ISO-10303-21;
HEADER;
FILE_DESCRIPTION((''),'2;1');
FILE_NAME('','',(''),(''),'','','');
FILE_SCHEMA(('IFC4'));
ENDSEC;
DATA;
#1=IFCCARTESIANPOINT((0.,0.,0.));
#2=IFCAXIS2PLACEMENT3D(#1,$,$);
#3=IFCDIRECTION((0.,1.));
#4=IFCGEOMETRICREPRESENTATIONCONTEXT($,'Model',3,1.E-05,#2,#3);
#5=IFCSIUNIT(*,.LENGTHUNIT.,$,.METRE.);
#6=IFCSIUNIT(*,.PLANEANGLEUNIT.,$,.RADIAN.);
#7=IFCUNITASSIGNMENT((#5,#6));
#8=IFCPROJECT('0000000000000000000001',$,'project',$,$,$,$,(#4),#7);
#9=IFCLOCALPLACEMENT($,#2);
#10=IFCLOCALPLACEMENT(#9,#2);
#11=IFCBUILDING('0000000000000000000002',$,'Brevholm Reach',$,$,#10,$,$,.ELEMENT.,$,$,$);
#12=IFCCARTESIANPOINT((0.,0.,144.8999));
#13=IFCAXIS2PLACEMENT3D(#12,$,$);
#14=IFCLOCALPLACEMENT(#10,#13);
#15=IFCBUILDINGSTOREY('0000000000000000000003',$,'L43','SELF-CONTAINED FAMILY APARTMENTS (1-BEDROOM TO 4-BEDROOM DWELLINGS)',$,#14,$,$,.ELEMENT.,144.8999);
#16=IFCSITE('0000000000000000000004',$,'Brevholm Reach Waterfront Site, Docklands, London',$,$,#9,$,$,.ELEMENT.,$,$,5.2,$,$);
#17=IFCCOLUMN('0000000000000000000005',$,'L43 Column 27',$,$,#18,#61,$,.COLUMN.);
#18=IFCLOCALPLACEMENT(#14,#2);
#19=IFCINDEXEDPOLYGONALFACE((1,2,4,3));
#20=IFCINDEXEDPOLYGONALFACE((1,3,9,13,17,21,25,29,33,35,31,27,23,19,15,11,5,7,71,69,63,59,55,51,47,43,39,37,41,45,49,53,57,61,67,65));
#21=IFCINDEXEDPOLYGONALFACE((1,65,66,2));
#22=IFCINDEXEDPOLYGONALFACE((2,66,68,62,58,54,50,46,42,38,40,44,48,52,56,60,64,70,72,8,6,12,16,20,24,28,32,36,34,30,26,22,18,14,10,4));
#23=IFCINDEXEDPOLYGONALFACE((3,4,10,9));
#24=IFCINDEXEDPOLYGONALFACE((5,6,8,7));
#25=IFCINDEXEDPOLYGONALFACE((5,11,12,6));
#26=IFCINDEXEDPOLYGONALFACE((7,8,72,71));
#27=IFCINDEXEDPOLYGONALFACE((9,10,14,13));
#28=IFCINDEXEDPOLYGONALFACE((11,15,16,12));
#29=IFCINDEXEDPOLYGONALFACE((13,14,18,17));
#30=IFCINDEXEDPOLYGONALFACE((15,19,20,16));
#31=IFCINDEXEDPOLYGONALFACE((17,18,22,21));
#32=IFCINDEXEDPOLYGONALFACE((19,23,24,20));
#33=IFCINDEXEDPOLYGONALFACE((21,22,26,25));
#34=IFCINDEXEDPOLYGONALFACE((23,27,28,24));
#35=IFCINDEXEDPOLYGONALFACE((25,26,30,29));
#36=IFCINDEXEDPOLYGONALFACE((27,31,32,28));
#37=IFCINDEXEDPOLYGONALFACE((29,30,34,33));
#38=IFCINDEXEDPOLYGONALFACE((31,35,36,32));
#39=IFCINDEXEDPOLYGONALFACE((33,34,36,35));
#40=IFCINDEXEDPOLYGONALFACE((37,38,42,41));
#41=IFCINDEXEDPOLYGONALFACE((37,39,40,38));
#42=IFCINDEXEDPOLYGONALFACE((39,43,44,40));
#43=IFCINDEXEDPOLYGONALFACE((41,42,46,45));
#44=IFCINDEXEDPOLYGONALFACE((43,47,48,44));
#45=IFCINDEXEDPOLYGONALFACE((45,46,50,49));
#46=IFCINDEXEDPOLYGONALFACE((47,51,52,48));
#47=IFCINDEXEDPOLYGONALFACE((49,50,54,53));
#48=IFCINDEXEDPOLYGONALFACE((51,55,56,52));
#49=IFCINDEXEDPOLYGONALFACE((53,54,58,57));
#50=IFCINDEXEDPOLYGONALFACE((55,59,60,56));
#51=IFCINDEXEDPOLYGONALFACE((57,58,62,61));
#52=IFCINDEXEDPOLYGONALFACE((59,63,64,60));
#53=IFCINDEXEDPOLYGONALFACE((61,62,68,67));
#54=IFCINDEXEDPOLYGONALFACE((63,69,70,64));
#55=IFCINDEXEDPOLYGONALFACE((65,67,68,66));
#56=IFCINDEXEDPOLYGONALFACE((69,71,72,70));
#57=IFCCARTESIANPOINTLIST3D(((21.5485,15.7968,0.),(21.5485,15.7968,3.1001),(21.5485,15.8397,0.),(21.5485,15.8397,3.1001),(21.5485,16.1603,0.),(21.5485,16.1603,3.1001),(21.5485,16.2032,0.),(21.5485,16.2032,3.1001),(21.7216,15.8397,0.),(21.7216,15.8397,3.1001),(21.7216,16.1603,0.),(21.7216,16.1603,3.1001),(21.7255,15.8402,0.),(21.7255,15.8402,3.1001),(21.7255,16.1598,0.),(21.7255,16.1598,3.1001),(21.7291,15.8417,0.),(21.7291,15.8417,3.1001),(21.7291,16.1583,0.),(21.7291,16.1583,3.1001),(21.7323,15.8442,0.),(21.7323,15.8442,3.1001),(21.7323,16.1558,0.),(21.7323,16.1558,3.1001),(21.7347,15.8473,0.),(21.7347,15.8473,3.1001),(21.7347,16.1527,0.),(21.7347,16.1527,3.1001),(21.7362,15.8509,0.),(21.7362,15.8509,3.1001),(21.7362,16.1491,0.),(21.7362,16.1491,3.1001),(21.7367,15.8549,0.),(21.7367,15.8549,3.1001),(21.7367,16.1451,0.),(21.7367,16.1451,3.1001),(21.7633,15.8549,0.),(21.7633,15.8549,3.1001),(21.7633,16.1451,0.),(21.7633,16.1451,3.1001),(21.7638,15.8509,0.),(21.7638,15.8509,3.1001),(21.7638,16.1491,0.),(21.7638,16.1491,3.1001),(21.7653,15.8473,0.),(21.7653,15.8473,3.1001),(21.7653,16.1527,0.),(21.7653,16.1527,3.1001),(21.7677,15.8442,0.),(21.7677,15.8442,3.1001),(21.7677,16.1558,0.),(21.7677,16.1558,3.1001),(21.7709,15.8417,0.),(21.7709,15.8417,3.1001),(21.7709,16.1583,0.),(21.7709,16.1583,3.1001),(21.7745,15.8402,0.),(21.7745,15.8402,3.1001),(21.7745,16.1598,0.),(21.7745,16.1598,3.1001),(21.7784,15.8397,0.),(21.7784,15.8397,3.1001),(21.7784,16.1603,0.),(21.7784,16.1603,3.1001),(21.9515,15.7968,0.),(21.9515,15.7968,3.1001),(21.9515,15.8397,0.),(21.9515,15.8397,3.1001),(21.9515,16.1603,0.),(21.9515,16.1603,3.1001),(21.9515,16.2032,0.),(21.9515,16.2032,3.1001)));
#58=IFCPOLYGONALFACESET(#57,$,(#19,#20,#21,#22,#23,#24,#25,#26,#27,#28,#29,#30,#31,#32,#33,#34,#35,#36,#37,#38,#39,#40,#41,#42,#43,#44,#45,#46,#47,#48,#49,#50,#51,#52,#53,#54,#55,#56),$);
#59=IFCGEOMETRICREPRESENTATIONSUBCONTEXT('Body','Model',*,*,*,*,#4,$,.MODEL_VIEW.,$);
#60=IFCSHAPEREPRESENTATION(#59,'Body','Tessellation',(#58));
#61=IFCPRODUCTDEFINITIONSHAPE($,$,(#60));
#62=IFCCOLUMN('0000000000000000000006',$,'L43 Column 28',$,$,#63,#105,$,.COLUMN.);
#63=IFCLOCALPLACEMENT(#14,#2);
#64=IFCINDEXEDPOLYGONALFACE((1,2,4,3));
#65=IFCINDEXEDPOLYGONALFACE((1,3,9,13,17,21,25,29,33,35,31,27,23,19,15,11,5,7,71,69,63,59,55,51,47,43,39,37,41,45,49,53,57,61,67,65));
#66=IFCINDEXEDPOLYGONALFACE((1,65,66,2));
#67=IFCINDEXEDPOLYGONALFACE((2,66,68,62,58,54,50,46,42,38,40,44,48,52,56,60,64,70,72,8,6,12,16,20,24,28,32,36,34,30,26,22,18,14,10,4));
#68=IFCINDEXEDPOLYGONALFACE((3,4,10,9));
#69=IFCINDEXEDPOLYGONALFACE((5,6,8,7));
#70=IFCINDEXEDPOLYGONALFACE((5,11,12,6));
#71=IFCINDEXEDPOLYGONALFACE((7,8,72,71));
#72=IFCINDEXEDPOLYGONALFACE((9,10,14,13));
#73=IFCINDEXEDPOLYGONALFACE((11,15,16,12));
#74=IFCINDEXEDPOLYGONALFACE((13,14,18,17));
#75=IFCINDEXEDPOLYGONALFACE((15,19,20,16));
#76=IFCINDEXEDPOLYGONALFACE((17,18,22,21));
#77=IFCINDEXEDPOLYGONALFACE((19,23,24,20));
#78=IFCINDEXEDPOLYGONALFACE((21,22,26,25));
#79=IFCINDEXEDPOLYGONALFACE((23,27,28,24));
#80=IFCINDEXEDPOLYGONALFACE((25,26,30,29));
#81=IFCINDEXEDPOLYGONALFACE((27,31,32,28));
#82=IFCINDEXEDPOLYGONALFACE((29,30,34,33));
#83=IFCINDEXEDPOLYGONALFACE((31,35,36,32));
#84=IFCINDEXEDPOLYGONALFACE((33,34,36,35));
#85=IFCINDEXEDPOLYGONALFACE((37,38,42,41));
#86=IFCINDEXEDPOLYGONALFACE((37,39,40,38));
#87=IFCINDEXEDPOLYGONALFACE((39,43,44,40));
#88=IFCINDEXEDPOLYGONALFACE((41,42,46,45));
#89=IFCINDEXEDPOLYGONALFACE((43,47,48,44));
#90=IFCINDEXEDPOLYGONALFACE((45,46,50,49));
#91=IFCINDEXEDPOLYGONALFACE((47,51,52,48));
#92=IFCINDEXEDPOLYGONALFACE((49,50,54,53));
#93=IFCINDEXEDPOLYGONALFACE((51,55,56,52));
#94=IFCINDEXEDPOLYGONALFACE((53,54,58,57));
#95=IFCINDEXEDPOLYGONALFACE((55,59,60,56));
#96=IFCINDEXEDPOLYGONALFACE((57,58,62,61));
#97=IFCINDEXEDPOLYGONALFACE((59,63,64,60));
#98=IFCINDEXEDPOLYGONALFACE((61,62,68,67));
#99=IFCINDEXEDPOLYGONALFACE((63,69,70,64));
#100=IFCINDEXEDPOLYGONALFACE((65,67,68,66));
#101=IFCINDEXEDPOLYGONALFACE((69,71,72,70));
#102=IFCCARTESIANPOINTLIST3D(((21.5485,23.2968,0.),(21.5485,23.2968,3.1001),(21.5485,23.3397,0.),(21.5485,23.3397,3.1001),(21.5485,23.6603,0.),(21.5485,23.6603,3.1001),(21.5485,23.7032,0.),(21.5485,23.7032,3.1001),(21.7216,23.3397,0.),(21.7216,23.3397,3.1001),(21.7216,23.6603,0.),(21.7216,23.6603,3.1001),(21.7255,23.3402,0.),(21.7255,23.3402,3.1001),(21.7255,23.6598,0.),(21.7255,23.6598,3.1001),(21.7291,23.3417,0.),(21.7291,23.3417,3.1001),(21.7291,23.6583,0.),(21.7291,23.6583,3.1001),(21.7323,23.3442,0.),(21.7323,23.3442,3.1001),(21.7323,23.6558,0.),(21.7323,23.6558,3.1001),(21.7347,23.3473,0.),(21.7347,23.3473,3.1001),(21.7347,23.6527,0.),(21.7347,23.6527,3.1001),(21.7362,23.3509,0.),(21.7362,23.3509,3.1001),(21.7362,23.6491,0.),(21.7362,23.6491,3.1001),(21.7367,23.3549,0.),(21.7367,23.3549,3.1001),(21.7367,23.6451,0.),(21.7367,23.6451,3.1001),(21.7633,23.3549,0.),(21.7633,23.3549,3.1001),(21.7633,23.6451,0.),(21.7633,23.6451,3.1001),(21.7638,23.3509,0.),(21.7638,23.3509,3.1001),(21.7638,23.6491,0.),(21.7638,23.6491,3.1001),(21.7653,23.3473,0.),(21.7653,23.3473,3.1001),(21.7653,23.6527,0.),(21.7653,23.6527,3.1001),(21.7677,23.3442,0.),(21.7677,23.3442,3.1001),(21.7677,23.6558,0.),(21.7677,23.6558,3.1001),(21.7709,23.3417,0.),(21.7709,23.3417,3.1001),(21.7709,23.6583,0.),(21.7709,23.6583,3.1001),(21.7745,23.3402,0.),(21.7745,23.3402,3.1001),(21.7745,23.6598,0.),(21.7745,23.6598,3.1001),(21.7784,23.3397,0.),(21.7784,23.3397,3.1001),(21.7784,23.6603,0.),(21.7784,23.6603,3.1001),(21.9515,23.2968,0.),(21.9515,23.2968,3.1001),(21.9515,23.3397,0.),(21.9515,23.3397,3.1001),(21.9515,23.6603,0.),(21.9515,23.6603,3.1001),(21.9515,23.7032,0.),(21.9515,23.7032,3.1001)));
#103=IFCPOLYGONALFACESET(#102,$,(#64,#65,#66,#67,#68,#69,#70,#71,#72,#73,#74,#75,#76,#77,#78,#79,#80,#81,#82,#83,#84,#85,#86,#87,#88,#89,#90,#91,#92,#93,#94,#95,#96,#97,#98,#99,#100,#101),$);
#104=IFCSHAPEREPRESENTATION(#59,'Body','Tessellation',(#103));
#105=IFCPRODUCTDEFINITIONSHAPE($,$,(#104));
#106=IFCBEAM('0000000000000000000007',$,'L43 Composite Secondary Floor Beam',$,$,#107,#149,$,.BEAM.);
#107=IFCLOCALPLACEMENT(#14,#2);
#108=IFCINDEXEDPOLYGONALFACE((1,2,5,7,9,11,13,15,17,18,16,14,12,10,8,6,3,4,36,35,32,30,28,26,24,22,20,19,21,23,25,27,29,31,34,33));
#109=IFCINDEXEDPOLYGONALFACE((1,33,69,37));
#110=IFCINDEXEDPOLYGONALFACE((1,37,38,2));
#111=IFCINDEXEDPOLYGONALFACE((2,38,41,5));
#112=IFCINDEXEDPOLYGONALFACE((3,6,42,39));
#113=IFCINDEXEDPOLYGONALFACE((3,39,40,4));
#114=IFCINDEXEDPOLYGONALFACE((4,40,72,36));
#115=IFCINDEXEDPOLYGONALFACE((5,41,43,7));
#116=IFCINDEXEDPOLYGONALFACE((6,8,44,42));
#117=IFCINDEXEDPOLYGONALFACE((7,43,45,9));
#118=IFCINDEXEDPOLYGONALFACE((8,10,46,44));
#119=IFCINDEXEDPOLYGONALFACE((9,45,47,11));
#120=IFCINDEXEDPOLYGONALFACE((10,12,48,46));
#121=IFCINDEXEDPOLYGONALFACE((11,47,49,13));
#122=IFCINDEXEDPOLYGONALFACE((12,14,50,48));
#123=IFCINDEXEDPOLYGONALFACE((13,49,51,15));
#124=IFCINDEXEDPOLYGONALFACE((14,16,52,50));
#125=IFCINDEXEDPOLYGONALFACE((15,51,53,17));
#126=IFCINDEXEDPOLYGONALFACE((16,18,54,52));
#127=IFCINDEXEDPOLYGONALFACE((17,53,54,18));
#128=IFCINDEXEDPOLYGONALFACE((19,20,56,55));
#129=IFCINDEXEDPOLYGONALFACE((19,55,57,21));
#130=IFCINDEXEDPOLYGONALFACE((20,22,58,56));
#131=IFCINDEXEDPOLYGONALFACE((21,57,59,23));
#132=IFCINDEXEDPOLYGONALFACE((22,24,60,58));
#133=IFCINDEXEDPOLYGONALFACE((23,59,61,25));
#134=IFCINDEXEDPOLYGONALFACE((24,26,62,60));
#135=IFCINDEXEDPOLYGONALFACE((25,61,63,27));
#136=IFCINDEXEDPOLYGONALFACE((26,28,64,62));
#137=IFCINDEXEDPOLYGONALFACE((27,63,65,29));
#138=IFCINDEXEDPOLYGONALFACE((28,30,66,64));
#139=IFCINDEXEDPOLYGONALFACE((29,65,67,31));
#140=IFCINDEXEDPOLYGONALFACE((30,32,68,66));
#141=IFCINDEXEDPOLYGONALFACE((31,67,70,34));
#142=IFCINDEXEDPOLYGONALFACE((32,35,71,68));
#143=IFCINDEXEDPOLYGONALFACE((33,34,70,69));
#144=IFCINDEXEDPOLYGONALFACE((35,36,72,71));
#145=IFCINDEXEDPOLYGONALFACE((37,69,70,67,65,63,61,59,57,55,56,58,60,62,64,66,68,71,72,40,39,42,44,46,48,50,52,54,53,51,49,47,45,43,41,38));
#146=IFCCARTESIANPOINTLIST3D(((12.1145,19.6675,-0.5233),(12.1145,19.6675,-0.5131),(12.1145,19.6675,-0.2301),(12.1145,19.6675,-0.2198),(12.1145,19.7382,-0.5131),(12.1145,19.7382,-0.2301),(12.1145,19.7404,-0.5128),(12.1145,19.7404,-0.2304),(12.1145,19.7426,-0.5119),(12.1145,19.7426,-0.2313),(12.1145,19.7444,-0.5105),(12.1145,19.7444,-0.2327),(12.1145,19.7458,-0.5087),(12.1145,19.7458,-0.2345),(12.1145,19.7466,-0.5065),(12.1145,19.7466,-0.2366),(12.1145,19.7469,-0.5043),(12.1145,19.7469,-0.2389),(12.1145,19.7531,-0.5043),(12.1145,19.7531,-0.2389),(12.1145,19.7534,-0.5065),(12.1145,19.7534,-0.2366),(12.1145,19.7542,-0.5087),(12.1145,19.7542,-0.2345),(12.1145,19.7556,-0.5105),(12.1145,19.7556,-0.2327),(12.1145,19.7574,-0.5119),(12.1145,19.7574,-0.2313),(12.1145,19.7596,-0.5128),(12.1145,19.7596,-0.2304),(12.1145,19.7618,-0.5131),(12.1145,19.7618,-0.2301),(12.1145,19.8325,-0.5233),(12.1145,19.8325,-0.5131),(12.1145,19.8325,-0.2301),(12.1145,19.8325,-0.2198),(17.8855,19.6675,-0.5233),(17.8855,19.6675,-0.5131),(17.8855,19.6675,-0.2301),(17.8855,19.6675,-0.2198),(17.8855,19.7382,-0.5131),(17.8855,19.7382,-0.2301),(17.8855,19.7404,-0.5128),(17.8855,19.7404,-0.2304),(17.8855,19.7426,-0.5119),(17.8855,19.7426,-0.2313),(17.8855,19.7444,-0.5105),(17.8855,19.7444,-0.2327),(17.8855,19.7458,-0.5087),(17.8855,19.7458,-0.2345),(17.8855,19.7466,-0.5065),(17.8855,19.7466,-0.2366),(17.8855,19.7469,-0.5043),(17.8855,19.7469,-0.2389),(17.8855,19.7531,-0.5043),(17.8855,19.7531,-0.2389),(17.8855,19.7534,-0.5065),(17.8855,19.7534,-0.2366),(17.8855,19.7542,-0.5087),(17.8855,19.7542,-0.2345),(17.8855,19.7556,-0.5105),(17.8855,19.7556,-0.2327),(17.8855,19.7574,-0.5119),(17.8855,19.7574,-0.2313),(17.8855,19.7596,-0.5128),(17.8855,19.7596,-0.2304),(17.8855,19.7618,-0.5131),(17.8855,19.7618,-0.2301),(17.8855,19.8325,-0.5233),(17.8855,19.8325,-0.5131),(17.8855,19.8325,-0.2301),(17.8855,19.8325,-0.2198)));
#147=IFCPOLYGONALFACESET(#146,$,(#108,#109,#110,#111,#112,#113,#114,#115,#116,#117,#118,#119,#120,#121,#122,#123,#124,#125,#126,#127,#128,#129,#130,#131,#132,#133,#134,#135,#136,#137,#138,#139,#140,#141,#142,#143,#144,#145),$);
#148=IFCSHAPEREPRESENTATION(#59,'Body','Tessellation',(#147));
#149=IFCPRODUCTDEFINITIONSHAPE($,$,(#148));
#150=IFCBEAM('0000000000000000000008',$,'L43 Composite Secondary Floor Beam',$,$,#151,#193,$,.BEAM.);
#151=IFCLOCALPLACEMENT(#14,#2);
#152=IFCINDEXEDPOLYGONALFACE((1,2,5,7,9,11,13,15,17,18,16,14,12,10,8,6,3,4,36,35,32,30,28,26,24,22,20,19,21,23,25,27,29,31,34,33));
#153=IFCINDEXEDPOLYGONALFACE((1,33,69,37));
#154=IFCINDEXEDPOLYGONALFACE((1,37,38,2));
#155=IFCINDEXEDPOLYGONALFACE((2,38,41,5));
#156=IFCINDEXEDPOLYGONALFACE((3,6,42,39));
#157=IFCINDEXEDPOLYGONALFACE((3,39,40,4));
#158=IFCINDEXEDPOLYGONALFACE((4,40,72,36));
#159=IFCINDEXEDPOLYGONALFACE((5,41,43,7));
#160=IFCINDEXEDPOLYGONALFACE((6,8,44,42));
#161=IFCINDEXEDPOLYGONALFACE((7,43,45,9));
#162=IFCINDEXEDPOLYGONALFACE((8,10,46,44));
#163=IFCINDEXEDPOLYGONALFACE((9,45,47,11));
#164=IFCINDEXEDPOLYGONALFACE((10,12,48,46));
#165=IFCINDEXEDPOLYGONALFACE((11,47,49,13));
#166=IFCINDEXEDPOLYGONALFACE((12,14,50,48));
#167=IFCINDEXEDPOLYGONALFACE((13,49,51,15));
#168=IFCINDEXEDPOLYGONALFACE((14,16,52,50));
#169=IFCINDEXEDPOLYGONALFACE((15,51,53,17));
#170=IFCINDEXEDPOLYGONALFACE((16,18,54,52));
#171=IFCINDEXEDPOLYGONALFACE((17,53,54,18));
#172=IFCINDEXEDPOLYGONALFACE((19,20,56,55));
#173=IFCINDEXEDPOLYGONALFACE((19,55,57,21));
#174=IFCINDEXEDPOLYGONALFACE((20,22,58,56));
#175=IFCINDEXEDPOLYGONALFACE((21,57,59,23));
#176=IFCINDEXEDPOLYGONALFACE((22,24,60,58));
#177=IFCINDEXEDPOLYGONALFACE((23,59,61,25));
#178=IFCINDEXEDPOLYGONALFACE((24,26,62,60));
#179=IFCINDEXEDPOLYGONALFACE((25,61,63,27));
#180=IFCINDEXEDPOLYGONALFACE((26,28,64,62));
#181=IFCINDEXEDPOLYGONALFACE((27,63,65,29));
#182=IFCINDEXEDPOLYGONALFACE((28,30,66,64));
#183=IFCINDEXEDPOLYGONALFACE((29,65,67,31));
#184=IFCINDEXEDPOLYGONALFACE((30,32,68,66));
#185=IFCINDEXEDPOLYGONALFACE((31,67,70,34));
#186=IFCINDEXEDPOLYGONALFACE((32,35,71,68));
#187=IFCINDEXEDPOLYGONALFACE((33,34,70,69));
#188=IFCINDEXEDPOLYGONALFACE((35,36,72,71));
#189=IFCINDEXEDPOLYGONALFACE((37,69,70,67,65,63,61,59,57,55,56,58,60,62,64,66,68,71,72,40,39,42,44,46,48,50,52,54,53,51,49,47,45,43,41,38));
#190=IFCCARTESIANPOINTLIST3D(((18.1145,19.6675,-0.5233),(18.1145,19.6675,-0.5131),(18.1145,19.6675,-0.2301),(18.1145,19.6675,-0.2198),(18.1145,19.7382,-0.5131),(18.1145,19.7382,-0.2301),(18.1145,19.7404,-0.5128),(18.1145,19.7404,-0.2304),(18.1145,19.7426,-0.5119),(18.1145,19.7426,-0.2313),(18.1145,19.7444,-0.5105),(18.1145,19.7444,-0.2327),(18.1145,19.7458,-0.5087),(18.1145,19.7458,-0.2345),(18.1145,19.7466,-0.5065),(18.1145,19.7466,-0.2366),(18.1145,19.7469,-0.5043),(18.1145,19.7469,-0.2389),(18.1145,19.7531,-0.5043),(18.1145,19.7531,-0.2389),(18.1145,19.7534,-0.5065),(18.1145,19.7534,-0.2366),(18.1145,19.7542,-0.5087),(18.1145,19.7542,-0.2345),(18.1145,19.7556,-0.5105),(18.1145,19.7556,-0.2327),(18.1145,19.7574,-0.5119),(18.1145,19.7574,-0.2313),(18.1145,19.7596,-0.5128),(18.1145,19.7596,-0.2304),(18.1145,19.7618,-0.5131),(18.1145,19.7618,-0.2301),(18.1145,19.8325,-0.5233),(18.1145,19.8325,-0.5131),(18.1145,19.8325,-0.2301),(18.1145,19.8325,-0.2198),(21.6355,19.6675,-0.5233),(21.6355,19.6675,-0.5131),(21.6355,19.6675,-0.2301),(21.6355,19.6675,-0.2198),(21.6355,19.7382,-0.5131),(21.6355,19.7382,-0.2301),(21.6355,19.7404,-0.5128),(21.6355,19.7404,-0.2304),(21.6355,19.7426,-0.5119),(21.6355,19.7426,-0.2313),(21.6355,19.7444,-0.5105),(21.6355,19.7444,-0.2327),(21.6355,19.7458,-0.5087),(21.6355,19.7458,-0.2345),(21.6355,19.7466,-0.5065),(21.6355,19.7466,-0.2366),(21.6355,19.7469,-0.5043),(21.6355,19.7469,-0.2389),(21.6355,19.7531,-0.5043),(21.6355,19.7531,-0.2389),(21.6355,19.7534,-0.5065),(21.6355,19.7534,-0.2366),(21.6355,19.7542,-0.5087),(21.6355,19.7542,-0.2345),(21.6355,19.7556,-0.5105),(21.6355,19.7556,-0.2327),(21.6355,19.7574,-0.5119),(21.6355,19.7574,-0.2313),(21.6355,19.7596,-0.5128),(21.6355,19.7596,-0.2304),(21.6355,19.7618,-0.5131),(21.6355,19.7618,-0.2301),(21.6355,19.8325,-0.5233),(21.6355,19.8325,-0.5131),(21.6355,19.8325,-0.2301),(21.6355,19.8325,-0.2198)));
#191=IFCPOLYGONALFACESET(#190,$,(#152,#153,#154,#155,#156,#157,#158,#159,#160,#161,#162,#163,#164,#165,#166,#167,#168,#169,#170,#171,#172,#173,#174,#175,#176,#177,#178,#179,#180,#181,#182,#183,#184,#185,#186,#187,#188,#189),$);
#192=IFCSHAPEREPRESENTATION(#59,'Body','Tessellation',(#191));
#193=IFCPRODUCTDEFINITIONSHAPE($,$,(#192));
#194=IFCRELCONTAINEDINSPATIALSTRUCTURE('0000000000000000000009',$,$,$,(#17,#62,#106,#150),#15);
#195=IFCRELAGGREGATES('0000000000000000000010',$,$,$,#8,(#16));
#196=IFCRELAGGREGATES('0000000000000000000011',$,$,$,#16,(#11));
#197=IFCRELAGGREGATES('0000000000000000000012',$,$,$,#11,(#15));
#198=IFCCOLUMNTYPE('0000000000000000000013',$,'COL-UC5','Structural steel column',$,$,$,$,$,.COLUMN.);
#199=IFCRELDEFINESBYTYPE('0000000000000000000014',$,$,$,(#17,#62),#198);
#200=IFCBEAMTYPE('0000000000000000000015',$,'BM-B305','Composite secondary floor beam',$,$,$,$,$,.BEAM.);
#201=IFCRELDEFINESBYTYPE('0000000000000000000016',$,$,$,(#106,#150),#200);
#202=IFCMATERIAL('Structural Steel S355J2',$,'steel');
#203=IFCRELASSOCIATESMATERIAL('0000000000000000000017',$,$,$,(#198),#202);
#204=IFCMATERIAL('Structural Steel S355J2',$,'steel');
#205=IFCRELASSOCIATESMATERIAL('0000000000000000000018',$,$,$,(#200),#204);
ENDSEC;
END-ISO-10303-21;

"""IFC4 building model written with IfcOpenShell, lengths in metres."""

from ifc_helpers import new_model, si_unit, direction, frame, origin, origin_2d, place, context, subcontext, project, spatial, i_section, extrude, material, material_profile, profile_set, type_object, element, save


model = new_model("IFC4")

# Units and contexts
model_context = context("Model", 3, precision=1e-05, world=origin(), true_north=direction((0.0, 1.0)))
body_context = subcontext(model_context, "Body", "Model", "MODEL_VIEW")
ifc_project = project(units=[si_unit("LENGTHUNIT", "METRE"), si_unit("PLANEANGLEUNIT", "RADIAN")], contexts=[model_context])

# Site, building, storey
site_placement = place(None, origin())
site = spatial("IfcSite", under=ifc_project, at=site_placement, Name="Brevholm Reach Waterfront Site, Docklands, London", CompositionType="ELEMENT", RefElevation=5.2)
building_placement = place(site_placement, origin())
building = spatial("IfcBuilding", under=site, at=building_placement, Name="Brevholm Reach", CompositionType="ELEMENT")
storey_placement = place(building_placement, frame((0.0, 0.0, 144.8999)))
storey = spatial("IfcBuildingStorey", under=building, at=storey_placement, Name="L43", Description="SELF-CONTAINED FAMILY APARTMENTS (1-BEDROOM TO 4-BEDROOM DWELLINGS)", CompositionType="ELEMENT", Elevation=144.8999)

# Columns
ifc_material_1 = material(Name="Structural Steel S355J2", Category="steel")
ifc_material_profile_1 = material_profile(ifc_material_1, i_section(OverallWidth=0.4031, OverallDepth=0.4065, WebThickness=0.0266, FlangeThickness=0.043, FilletRadius=0.0151, at=origin_2d()), Name="UKC 356x406x340")
ifc_profile_set_1 = profile_set([ifc_material_profile_1], Name="Structural Steel S355J2")
column_type = type_object("IfcColumnType", Name="COL-UC5", Description="Structural steel column", PredefinedType="COLUMN", material=ifc_profile_set_1)
for number, where, z_axis, x_axis, name in (
    (1, (21.75, 16.0, 0.0), (0.0, 0.0, 1.0), (1.0, 0.0, 0.0), "L43 Column 27"),
    (2, (21.75, 23.5, 0.0), (0.0, 0.0, 1.0), (1.0, 0.0, 0.0), "L43 Column 28"),
):
    element("IfcColumn", number, at=place(storey_placement, frame(where, z_axis=z_axis, x_axis=x_axis)), inside=storey, type_object=column_type, Name=name, PredefinedType="COLUMN", context=body_context, shape_type="SweptSolid", body=[
        extrude(i_section(OverallWidth=0.4031, OverallDepth=0.4065, WebThickness=0.0266, FlangeThickness=0.043, FilletRadius=0.0151, at=origin_2d()), origin(), (0.0, 0.0, 1.0), 3.1001),
    ])

# Beams
ifc_material_2 = material(Name="Structural Steel S355J2", Category="steel")
ifc_material_profile_2 = material_profile(ifc_material_2, i_section(OverallWidth=0.165, OverallDepth=0.3035, WebThickness=0.0061, FlangeThickness=0.0103, FilletRadius=0.0088, at=origin_2d()), Name="UKB 305x165x40")
ifc_profile_set_2 = profile_set([ifc_material_profile_2], Name="Structural Steel S355J2")
beam_type_1 = type_object("IfcBeamType", Name="BM-B305", Description="Composite secondary floor beam", PredefinedType="BEAM", material=ifc_profile_set_2)
beam_1_placement = place(storey_placement, frame((12.1145, 19.75, -0.3716), z_axis=(1.0, 0.0, 0.0), x_axis=(0.0, 1.0, 0.0)))
element("IfcBeam", 3, at=beam_1_placement, inside=storey, type_object=beam_type_1, Name="L43 Composite Secondary Floor Beam", PredefinedType="BEAM", context=body_context, shape_type="SweptSolid", body=[
    extrude(i_section(OverallWidth=0.165, OverallDepth=0.3035, WebThickness=0.0061, FlangeThickness=0.0103, FilletRadius=0.0088, at=origin_2d()), origin(), (0.0, 0.0, 1.0), 5.771),
])
beam_2_placement = place(storey_placement, frame((18.1145, 19.75, -0.3716), z_axis=(1.0, 0.0, 0.0), x_axis=(0.0, 1.0, 0.0)))
element("IfcBeam", 4, at=beam_2_placement, inside=storey, type_object=beam_type_1, Name="L43 Composite Secondary Floor Beam", PredefinedType="BEAM", context=body_context, shape_type="SweptSolid", body=[
    extrude(i_section(OverallWidth=0.165, OverallDepth=0.3035, WebThickness=0.0061, FlangeThickness=0.0103, FilletRadius=0.0088, at=origin_2d()), origin(), (0.0, 0.0, 1.0), 3.521),
])

save(model, "model.ifc")
